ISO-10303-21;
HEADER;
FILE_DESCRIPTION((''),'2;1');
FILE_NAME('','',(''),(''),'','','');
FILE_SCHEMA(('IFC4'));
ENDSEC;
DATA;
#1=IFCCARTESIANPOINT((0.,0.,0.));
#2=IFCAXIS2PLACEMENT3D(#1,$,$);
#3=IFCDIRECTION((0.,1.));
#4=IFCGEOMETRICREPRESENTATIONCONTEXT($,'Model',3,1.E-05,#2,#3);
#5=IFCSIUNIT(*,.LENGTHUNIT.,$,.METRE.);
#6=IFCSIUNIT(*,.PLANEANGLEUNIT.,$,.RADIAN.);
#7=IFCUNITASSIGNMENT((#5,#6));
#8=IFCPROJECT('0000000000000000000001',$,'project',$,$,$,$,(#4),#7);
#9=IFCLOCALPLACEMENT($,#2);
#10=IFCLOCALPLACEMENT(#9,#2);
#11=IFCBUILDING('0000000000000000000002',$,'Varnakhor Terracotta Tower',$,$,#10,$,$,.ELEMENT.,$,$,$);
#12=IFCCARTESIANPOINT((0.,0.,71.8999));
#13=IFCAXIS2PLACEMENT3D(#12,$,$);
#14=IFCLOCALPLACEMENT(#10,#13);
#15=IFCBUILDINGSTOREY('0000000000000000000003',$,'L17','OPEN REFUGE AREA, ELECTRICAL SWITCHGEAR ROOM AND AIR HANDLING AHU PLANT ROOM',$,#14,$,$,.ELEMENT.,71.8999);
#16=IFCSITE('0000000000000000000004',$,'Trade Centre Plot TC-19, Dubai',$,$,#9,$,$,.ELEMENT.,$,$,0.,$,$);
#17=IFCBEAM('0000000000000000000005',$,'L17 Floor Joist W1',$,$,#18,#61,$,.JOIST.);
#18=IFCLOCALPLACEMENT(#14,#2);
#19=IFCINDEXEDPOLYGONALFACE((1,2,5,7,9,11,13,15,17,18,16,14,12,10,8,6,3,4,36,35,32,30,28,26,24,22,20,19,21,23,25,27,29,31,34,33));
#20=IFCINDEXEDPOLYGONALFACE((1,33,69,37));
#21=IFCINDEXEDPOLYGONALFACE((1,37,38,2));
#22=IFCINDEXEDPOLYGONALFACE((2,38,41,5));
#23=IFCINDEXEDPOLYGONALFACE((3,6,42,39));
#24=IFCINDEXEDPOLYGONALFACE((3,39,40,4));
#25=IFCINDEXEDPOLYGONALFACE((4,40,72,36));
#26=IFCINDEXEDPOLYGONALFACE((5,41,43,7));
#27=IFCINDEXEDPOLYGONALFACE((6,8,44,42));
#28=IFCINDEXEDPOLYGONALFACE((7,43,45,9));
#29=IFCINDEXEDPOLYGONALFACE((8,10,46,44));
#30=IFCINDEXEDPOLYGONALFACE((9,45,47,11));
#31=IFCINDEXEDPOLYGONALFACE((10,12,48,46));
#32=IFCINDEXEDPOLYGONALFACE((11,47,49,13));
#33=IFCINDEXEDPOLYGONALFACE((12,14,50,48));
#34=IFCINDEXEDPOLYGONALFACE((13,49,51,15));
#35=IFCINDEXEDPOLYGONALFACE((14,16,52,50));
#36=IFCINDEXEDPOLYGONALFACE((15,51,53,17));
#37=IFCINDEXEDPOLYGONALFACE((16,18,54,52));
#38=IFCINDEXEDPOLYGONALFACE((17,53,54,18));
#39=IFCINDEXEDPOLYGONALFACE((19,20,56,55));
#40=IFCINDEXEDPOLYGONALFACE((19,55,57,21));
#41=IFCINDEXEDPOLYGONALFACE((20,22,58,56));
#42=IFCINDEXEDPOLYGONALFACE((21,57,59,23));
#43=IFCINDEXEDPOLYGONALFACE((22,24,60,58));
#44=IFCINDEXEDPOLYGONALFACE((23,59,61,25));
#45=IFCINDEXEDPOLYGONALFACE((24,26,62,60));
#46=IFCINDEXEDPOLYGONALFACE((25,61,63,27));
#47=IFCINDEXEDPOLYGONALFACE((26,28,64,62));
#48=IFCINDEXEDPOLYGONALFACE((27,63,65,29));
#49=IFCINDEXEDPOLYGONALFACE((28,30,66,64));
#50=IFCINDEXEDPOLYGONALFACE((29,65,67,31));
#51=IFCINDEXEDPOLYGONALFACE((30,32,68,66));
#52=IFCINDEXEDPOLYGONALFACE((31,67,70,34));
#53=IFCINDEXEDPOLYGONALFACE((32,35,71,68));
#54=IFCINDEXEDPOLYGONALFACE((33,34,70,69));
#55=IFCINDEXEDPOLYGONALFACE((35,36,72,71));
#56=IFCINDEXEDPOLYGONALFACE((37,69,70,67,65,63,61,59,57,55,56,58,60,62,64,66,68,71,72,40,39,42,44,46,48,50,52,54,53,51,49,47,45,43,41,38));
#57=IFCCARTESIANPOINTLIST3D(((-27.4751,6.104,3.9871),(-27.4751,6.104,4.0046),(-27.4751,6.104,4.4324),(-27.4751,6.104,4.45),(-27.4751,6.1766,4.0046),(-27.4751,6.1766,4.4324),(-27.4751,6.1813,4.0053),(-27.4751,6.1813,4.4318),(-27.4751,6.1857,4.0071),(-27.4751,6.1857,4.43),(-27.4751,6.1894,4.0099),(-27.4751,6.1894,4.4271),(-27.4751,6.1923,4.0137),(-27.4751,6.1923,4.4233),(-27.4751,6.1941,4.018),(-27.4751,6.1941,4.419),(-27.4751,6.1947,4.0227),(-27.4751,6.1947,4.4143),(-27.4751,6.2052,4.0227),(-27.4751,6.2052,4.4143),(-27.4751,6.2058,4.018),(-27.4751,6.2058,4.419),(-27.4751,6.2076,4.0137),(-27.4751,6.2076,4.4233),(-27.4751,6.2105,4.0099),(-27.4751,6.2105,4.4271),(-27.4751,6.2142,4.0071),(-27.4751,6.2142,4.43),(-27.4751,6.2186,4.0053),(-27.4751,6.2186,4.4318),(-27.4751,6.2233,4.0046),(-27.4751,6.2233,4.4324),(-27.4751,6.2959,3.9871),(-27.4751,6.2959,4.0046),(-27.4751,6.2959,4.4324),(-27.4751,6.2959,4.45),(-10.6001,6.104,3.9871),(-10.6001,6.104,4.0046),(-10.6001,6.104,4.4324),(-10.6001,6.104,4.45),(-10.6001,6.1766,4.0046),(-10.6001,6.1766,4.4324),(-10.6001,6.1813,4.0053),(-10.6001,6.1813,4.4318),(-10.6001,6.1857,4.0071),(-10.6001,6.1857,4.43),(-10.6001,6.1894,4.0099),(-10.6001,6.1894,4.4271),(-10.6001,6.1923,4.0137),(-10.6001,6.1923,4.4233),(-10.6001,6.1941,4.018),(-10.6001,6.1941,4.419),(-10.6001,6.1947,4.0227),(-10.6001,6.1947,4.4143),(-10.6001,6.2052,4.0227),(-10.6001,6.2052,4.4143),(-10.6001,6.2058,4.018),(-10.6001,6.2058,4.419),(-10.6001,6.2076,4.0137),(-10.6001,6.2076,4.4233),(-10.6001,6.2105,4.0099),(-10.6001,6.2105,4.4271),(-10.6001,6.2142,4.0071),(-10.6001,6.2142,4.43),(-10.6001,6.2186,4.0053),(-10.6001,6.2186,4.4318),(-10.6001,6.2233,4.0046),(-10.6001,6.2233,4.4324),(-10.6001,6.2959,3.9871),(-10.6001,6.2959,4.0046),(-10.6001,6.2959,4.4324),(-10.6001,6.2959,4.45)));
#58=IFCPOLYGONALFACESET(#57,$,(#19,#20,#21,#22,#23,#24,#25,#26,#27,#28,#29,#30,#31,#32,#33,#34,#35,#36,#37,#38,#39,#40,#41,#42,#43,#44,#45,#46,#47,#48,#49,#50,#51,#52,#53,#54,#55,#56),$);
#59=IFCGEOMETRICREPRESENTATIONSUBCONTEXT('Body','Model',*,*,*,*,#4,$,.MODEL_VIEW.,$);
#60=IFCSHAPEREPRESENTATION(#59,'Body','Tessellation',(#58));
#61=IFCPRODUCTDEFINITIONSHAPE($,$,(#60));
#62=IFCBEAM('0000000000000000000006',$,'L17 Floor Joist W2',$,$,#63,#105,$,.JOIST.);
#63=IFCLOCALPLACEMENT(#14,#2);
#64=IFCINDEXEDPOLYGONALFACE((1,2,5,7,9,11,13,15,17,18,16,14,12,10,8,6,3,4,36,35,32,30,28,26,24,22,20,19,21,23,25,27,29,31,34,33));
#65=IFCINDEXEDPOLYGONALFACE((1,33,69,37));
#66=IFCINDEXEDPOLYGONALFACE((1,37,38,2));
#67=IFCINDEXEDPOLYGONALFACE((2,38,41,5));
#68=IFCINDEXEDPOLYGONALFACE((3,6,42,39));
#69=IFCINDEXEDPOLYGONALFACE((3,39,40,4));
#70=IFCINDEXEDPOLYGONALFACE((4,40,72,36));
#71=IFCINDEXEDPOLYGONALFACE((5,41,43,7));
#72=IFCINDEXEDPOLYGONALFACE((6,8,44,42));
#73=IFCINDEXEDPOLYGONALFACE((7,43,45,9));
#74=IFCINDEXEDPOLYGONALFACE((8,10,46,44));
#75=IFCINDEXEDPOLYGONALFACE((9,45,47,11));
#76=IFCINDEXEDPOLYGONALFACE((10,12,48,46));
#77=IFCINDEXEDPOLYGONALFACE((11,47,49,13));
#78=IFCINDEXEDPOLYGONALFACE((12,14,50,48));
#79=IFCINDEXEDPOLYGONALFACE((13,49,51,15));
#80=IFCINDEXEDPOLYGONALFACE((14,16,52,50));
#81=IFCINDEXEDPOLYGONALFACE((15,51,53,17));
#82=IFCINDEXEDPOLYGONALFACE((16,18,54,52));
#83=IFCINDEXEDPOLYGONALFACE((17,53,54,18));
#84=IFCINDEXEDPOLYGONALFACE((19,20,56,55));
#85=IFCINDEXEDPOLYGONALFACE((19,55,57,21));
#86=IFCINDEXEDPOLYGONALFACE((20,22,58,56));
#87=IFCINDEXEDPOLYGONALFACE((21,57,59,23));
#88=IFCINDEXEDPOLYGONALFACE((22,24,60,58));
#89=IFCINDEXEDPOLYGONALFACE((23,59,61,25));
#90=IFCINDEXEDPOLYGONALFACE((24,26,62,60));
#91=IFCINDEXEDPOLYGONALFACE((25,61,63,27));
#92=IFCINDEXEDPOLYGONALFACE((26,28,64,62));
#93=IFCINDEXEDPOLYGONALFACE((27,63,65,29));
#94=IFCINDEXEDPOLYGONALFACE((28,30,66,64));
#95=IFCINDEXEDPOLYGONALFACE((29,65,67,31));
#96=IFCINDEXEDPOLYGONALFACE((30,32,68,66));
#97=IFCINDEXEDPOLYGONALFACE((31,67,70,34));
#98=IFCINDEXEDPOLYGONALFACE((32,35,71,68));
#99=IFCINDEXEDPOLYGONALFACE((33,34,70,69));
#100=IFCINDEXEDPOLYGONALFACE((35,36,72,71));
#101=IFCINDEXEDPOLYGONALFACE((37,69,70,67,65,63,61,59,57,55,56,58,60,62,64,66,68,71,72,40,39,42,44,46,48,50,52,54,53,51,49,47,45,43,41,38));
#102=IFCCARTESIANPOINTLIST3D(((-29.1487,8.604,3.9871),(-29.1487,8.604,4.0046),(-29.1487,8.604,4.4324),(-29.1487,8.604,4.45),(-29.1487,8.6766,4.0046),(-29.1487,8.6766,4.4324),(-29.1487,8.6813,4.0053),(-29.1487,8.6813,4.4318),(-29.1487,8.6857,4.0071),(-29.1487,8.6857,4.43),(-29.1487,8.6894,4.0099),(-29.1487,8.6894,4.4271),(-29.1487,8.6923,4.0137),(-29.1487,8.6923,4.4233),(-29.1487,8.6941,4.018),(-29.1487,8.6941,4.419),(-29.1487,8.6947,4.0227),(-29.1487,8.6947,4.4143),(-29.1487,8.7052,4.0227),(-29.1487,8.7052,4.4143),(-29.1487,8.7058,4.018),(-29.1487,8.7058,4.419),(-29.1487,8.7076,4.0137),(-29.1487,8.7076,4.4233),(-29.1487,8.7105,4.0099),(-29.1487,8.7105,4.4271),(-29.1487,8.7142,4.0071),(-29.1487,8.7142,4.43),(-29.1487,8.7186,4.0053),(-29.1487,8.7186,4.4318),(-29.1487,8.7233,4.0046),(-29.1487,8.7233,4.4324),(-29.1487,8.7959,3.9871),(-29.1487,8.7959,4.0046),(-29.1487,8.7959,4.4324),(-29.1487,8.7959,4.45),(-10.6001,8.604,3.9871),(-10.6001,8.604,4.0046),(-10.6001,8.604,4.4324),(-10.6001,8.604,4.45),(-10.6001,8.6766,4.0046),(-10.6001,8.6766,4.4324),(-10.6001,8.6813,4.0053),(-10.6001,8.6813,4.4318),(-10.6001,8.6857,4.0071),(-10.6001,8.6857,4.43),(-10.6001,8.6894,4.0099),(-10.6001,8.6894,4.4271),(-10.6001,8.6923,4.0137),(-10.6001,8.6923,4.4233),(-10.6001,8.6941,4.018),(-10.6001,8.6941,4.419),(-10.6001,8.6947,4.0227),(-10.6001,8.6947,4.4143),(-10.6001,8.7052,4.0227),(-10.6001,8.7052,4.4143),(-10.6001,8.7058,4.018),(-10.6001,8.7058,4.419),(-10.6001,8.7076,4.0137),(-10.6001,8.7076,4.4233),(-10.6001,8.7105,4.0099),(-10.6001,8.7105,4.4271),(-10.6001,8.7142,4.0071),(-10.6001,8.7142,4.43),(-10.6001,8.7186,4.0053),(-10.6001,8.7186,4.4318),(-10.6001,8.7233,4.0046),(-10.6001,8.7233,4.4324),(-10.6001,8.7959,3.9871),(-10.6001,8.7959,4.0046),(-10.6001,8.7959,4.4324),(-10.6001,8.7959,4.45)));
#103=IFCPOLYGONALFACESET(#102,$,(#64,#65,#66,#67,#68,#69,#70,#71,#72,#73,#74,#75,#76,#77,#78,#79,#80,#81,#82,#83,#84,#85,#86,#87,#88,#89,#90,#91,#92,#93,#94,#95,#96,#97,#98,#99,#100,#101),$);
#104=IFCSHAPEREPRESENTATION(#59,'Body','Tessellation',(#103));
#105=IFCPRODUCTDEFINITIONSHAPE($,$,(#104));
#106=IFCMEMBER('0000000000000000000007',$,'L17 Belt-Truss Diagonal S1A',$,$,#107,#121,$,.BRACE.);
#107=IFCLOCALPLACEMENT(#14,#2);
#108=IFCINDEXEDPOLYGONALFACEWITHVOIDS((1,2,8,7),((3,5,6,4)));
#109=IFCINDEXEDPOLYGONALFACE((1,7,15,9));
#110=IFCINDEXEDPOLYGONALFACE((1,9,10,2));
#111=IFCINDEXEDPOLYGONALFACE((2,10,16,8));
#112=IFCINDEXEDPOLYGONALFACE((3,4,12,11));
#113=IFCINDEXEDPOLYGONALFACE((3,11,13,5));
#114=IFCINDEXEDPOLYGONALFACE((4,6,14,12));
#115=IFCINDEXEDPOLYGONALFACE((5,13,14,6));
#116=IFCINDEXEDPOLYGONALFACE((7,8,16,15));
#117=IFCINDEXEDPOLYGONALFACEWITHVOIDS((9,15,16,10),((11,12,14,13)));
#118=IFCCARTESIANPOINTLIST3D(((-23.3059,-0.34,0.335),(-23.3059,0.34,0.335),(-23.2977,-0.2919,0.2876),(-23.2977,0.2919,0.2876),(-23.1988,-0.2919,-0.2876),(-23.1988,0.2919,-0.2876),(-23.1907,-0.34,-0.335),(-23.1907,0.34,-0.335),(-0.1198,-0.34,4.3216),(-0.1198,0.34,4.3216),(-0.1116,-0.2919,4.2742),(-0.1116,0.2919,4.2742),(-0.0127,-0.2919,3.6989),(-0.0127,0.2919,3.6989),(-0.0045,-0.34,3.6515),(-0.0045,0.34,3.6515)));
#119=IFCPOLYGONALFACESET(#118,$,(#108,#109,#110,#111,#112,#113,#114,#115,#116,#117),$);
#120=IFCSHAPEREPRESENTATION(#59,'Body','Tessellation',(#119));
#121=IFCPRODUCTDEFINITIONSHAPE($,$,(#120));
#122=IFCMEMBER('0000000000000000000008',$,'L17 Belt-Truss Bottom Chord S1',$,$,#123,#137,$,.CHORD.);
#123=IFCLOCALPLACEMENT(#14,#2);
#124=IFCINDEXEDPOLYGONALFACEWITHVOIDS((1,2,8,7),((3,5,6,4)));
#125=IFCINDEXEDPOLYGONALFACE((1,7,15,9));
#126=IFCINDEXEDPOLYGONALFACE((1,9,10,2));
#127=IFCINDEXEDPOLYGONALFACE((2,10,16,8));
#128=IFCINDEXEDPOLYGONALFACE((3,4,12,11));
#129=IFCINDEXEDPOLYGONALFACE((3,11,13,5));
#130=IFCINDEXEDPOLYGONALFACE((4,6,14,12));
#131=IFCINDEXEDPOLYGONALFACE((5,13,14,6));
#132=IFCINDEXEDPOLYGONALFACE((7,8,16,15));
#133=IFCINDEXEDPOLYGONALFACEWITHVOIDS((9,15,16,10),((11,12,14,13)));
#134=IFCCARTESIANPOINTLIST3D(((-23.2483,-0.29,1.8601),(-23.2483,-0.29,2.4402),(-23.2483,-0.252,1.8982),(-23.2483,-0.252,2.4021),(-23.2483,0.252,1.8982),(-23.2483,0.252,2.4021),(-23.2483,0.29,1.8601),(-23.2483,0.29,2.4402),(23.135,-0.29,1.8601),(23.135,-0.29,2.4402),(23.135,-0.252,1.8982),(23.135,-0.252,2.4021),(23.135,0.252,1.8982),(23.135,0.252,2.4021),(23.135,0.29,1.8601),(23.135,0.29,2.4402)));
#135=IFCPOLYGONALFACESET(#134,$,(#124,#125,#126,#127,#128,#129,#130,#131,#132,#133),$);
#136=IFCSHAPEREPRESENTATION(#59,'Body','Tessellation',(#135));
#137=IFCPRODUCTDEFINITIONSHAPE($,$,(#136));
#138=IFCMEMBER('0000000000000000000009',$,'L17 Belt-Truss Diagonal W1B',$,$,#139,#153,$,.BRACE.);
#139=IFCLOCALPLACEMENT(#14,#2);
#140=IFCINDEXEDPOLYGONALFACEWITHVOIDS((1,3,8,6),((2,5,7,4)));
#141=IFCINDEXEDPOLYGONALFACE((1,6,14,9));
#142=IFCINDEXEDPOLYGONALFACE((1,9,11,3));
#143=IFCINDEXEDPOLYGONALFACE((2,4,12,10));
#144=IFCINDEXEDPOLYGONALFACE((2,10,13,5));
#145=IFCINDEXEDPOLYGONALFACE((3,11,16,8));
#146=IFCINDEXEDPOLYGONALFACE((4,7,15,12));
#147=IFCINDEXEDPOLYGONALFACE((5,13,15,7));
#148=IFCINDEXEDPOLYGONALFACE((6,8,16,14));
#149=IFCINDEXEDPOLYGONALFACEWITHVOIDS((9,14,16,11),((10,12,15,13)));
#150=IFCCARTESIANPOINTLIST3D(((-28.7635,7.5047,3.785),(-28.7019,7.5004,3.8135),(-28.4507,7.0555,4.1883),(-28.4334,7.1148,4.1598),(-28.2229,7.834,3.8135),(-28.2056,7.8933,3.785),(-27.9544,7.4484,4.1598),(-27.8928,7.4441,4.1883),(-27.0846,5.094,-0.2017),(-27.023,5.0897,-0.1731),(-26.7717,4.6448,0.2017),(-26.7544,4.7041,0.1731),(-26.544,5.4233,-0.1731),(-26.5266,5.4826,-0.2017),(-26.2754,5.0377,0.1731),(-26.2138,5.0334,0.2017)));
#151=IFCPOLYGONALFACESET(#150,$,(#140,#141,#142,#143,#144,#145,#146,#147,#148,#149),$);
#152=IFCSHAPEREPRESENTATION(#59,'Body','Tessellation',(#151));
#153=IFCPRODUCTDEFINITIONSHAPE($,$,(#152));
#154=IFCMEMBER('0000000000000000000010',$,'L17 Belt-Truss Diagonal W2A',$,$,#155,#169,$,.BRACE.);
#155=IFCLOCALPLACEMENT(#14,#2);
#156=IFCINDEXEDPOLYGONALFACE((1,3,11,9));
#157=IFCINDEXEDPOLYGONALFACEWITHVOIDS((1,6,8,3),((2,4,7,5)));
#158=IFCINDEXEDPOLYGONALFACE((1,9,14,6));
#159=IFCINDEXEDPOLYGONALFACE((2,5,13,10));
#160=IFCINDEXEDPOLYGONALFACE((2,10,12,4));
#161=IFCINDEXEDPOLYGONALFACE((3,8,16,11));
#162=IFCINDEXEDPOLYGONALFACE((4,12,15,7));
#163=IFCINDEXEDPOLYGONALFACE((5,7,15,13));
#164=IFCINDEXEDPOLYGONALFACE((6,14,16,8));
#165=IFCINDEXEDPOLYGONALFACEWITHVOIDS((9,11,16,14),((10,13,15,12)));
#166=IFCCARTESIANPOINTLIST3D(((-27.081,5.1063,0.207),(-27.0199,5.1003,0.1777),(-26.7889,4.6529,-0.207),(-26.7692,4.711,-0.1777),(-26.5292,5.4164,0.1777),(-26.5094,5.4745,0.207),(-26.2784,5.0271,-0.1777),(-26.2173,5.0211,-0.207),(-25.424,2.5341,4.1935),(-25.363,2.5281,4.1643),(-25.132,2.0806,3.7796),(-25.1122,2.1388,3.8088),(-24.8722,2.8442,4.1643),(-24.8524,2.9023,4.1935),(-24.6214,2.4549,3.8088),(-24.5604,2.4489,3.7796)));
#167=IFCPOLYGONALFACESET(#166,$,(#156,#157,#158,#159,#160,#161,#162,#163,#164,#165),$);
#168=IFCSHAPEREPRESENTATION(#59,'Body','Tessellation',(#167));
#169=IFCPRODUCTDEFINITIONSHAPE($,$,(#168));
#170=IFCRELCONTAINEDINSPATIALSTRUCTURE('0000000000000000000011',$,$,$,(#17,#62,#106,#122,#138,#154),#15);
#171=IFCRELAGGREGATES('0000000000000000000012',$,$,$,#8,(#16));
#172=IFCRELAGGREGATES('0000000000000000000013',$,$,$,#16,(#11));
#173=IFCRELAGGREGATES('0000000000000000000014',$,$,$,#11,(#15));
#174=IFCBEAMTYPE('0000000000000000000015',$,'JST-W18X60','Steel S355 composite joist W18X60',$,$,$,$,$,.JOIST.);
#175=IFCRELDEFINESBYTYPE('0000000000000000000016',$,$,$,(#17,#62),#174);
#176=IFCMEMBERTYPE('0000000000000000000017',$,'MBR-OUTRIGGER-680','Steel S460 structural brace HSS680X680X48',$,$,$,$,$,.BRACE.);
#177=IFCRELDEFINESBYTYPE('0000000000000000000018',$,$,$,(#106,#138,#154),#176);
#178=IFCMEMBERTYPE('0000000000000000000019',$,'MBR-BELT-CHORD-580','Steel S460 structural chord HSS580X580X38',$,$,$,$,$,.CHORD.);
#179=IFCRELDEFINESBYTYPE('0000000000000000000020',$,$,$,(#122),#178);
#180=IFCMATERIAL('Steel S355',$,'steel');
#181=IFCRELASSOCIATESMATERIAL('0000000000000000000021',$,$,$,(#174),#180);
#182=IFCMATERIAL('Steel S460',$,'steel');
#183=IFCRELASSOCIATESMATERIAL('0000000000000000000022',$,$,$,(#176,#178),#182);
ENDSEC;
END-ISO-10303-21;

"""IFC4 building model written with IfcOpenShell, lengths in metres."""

from ifc_helpers import new_model, si_unit, direction, frame, origin, origin_2d, place, context, subcontext, project, spatial, hollow_rectangle, i_section, extrude, source, transform, mapped, material, material_profile, profile_set, type_object, type_shapes, element, save


model = new_model("IFC4")

# Units and contexts
model_context = context("Model", 3, precision=1e-05, world=origin(), true_north=direction((0.0, 1.0)))
body_context = subcontext(model_context, "Body", "Model", "MODEL_VIEW")
ifc_project = project(units=[si_unit("LENGTHUNIT", "METRE"), si_unit("PLANEANGLEUNIT", "RADIAN")], contexts=[model_context])

# Site, building, storey
site_placement = place(None, origin())
site = spatial("IfcSite", under=ifc_project, at=site_placement, Name="Trade Centre Plot TC-19, Dubai", CompositionType="ELEMENT", RefElevation=0.0)
building_placement = place(site_placement, origin())
building = spatial("IfcBuilding", under=site, at=building_placement, Name="Varnakhor Terracotta Tower", CompositionType="ELEMENT")
storey_placement = place(building_placement, frame((0.0, 0.0, 71.8999)))
storey = spatial("IfcBuildingStorey", under=building, at=storey_placement, Name="L17", Description="OPEN REFUGE AREA, ELECTRICAL SWITCHGEAR ROOM AND AIR HANDLING AHU PLANT ROOM", CompositionType="ELEMENT", Elevation=71.8999)

# Shared definitions
ifc_material_1 = material(Name="Steel S460", Category="steel")

# Beams
ifc_material_2 = material(Name="Steel S355", Category="steel")
ifc_material_profile_1 = material_profile(ifc_material_2, i_section(OverallWidth=0.1919, OverallDepth=0.4629, WebThickness=0.0105, FlangeThickness=0.0176, FilletRadius=0.0181, at=origin_2d()), Name="W18X60")
ifc_profile_set_1 = profile_set([ifc_material_profile_1], Name="Steel S355")
beam_type_1 = type_object("IfcBeamType", Name="JST-W18X60", Description="Steel S355 composite joist W18X60", PredefinedType="JOIST", material=ifc_profile_set_1)
shared_shape_1 = source(origin(), body_context, "Body", "SweptSolid", [
    extrude(i_section(OverallWidth=0.1919, OverallDepth=0.4629, WebThickness=0.0105, FlangeThickness=0.0176, FilletRadius=0.0181, at=origin_2d()), origin(), (0.0, 0.0, 1.0), 16.875),
])
beam_1_placement = place(storey_placement, frame((-27.4751, 6.2, 4.2185), z_axis=(1.0, 0.0, 0.0), x_axis=(0.0, 1.0, 0.0)))
element("IfcBeam", 1, at=beam_1_placement, inside=storey, type_object=beam_type_1, Name="L17 Floor Joist W1", PredefinedType="JOIST", context=body_context, shape_type="MappedRepresentation", body=[
    mapped(shared_shape_1, transform((0.0, 0.0, 0.0), scale=1.0)),
])
shared_shape_2 = source(origin(), body_context, "Body", "SweptSolid", [
    extrude(i_section(OverallWidth=0.1919, OverallDepth=0.4629, WebThickness=0.0105, FlangeThickness=0.0176, FilletRadius=0.0181, at=origin_2d()), origin(), (0.0, 0.0, 1.0), 18.5486),
])
beam_2_placement = place(storey_placement, frame((-29.1487, 8.7, 4.2185), z_axis=(1.0, 0.0, 0.0), x_axis=(0.0, 1.0, 0.0)))
element("IfcBeam", 2, at=beam_2_placement, inside=storey, type_object=beam_type_1, Name="L17 Floor Joist W2", PredefinedType="JOIST", context=body_context, shape_type="MappedRepresentation", body=[
    mapped(shared_shape_2, transform((0.0, 0.0, 0.0), scale=1.0)),
])

# Members
ifc_material_profile_2 = material_profile(ifc_material_1, hollow_rectangle(XDim=0.6799, YDim=0.6799, WallThickness=0.0481, at=origin_2d()), Name="HSS680X680X48")
ifc_profile_set_2 = profile_set([ifc_material_profile_2], Name="Steel S460")
member_type_1 = type_object("IfcMemberType", Name="MBR-OUTRIGGER-680", Description="Steel S460 structural brace HSS680X680X48", PredefinedType="BRACE", material=ifc_profile_set_2)
shared_shape_3 = source(origin(), body_context, "Body", "SweptSolid", [
    extrude(hollow_rectangle(XDim=0.6799, YDim=0.6799, WallThickness=0.0481, at=origin_2d()), origin(), (0.0, 0.0, 1.0), 23.5264),
])
type_shapes(member_type_1, [shared_shape_3])
member_1_placement = place(storey_placement, frame((-23.2483, 0.0, 0.0), z_axis=(0.985538, 0.0, 0.169452), x_axis=(0.0, 1.0, 0.0)))
element("IfcMember", 3, at=member_1_placement, inside=storey, type_object=member_type_1, Name="L17 Belt-Truss Diagonal S1A", PredefinedType="BRACE", context=body_context, shape_type="MappedRepresentation", body=[
    mapped(shared_shape_3, transform((0.0, 0.0, 0.0), scale=1.0)),
])
ifc_material_profile_3 = material_profile(ifc_material_1, hollow_rectangle(XDim=0.5801, YDim=0.5801, WallThickness=0.0381, at=origin_2d()), Name="HSS580X580X38")
ifc_profile_set_3 = profile_set([ifc_material_profile_3], Name="Steel S460")
member_type_2 = type_object("IfcMemberType", Name="MBR-BELT-CHORD-580", Description="Steel S460 structural chord HSS580X580X38", PredefinedType="CHORD", material=ifc_profile_set_3)
shared_shape_4 = source(origin(), body_context, "Body", "SweptSolid", [
    extrude(hollow_rectangle(XDim=0.5801, YDim=0.5801, WallThickness=0.0381, at=origin_2d()), origin(), (0.0, 0.0, 1.0), 46.3833),
])
type_shapes(member_type_2, [shared_shape_4])
member_2_placement = place(storey_placement, frame((-23.2483, 0.0, 2.1501), z_axis=(1.0, 0.0, 0.0), x_axis=(0.0, 1.0, 0.0)))
element("IfcMember", 4, at=member_2_placement, inside=storey, type_object=member_type_2, Name="L17 Belt-Truss Bottom Chord S1", PredefinedType="CHORD", context=body_context, shape_type="MappedRepresentation", body=[
    mapped(shared_shape_4, transform((0.0, 0.0, 0.0), scale=1.0)),
])
shared_shape_5 = source(origin(), body_context, "Body", "SweptSolid", [
    extrude(hollow_rectangle(XDim=0.6799, YDim=0.6799, WallThickness=0.0481, at=origin_2d()), origin(), (0.0, 0.0, 1.0), 4.9521),
])
member_3_placement = place(storey_placement, frame((-26.6492, 5.0637, 0.0), z_axis=(-0.339042, 0.486797, 0.805034), x_axis=(-0.820588, -0.57152, 0.0)))
element("IfcMember", 5, at=member_3_placement, inside=storey, type_object=member_type_1, Name="L17 Belt-Truss Diagonal W1B", PredefinedType="BRACE", context=body_context, shape_type="MappedRepresentation", body=[
    mapped(shared_shape_5, transform((0.0, 0.0, 0.0), scale=1.0)),
])
shared_shape_6 = source(origin(), body_context, "Body", "SweptSolid", [
    extrude(hollow_rectangle(XDim=0.6799, YDim=0.6799, WallThickness=0.0481, at=origin_2d()), origin(), (0.0, 0.0, 1.0), 5.0254),
])
member_4_placement = place(storey_placement, frame((-26.6492, 5.0637, 0.0), z_axis=(0.32972, -0.51185, 0.793281), x_axis=(0.840675, 0.54154, 0.0)))
element("IfcMember", 6, at=member_4_placement, inside=storey, type_object=member_type_1, Name="L17 Belt-Truss Diagonal W2A", PredefinedType="BRACE", context=body_context, shape_type="MappedRepresentation", body=[
    mapped(shared_shape_6, transform((0.0, 0.0, 0.0), scale=1.0)),
])

save(model, "model.ifc")
